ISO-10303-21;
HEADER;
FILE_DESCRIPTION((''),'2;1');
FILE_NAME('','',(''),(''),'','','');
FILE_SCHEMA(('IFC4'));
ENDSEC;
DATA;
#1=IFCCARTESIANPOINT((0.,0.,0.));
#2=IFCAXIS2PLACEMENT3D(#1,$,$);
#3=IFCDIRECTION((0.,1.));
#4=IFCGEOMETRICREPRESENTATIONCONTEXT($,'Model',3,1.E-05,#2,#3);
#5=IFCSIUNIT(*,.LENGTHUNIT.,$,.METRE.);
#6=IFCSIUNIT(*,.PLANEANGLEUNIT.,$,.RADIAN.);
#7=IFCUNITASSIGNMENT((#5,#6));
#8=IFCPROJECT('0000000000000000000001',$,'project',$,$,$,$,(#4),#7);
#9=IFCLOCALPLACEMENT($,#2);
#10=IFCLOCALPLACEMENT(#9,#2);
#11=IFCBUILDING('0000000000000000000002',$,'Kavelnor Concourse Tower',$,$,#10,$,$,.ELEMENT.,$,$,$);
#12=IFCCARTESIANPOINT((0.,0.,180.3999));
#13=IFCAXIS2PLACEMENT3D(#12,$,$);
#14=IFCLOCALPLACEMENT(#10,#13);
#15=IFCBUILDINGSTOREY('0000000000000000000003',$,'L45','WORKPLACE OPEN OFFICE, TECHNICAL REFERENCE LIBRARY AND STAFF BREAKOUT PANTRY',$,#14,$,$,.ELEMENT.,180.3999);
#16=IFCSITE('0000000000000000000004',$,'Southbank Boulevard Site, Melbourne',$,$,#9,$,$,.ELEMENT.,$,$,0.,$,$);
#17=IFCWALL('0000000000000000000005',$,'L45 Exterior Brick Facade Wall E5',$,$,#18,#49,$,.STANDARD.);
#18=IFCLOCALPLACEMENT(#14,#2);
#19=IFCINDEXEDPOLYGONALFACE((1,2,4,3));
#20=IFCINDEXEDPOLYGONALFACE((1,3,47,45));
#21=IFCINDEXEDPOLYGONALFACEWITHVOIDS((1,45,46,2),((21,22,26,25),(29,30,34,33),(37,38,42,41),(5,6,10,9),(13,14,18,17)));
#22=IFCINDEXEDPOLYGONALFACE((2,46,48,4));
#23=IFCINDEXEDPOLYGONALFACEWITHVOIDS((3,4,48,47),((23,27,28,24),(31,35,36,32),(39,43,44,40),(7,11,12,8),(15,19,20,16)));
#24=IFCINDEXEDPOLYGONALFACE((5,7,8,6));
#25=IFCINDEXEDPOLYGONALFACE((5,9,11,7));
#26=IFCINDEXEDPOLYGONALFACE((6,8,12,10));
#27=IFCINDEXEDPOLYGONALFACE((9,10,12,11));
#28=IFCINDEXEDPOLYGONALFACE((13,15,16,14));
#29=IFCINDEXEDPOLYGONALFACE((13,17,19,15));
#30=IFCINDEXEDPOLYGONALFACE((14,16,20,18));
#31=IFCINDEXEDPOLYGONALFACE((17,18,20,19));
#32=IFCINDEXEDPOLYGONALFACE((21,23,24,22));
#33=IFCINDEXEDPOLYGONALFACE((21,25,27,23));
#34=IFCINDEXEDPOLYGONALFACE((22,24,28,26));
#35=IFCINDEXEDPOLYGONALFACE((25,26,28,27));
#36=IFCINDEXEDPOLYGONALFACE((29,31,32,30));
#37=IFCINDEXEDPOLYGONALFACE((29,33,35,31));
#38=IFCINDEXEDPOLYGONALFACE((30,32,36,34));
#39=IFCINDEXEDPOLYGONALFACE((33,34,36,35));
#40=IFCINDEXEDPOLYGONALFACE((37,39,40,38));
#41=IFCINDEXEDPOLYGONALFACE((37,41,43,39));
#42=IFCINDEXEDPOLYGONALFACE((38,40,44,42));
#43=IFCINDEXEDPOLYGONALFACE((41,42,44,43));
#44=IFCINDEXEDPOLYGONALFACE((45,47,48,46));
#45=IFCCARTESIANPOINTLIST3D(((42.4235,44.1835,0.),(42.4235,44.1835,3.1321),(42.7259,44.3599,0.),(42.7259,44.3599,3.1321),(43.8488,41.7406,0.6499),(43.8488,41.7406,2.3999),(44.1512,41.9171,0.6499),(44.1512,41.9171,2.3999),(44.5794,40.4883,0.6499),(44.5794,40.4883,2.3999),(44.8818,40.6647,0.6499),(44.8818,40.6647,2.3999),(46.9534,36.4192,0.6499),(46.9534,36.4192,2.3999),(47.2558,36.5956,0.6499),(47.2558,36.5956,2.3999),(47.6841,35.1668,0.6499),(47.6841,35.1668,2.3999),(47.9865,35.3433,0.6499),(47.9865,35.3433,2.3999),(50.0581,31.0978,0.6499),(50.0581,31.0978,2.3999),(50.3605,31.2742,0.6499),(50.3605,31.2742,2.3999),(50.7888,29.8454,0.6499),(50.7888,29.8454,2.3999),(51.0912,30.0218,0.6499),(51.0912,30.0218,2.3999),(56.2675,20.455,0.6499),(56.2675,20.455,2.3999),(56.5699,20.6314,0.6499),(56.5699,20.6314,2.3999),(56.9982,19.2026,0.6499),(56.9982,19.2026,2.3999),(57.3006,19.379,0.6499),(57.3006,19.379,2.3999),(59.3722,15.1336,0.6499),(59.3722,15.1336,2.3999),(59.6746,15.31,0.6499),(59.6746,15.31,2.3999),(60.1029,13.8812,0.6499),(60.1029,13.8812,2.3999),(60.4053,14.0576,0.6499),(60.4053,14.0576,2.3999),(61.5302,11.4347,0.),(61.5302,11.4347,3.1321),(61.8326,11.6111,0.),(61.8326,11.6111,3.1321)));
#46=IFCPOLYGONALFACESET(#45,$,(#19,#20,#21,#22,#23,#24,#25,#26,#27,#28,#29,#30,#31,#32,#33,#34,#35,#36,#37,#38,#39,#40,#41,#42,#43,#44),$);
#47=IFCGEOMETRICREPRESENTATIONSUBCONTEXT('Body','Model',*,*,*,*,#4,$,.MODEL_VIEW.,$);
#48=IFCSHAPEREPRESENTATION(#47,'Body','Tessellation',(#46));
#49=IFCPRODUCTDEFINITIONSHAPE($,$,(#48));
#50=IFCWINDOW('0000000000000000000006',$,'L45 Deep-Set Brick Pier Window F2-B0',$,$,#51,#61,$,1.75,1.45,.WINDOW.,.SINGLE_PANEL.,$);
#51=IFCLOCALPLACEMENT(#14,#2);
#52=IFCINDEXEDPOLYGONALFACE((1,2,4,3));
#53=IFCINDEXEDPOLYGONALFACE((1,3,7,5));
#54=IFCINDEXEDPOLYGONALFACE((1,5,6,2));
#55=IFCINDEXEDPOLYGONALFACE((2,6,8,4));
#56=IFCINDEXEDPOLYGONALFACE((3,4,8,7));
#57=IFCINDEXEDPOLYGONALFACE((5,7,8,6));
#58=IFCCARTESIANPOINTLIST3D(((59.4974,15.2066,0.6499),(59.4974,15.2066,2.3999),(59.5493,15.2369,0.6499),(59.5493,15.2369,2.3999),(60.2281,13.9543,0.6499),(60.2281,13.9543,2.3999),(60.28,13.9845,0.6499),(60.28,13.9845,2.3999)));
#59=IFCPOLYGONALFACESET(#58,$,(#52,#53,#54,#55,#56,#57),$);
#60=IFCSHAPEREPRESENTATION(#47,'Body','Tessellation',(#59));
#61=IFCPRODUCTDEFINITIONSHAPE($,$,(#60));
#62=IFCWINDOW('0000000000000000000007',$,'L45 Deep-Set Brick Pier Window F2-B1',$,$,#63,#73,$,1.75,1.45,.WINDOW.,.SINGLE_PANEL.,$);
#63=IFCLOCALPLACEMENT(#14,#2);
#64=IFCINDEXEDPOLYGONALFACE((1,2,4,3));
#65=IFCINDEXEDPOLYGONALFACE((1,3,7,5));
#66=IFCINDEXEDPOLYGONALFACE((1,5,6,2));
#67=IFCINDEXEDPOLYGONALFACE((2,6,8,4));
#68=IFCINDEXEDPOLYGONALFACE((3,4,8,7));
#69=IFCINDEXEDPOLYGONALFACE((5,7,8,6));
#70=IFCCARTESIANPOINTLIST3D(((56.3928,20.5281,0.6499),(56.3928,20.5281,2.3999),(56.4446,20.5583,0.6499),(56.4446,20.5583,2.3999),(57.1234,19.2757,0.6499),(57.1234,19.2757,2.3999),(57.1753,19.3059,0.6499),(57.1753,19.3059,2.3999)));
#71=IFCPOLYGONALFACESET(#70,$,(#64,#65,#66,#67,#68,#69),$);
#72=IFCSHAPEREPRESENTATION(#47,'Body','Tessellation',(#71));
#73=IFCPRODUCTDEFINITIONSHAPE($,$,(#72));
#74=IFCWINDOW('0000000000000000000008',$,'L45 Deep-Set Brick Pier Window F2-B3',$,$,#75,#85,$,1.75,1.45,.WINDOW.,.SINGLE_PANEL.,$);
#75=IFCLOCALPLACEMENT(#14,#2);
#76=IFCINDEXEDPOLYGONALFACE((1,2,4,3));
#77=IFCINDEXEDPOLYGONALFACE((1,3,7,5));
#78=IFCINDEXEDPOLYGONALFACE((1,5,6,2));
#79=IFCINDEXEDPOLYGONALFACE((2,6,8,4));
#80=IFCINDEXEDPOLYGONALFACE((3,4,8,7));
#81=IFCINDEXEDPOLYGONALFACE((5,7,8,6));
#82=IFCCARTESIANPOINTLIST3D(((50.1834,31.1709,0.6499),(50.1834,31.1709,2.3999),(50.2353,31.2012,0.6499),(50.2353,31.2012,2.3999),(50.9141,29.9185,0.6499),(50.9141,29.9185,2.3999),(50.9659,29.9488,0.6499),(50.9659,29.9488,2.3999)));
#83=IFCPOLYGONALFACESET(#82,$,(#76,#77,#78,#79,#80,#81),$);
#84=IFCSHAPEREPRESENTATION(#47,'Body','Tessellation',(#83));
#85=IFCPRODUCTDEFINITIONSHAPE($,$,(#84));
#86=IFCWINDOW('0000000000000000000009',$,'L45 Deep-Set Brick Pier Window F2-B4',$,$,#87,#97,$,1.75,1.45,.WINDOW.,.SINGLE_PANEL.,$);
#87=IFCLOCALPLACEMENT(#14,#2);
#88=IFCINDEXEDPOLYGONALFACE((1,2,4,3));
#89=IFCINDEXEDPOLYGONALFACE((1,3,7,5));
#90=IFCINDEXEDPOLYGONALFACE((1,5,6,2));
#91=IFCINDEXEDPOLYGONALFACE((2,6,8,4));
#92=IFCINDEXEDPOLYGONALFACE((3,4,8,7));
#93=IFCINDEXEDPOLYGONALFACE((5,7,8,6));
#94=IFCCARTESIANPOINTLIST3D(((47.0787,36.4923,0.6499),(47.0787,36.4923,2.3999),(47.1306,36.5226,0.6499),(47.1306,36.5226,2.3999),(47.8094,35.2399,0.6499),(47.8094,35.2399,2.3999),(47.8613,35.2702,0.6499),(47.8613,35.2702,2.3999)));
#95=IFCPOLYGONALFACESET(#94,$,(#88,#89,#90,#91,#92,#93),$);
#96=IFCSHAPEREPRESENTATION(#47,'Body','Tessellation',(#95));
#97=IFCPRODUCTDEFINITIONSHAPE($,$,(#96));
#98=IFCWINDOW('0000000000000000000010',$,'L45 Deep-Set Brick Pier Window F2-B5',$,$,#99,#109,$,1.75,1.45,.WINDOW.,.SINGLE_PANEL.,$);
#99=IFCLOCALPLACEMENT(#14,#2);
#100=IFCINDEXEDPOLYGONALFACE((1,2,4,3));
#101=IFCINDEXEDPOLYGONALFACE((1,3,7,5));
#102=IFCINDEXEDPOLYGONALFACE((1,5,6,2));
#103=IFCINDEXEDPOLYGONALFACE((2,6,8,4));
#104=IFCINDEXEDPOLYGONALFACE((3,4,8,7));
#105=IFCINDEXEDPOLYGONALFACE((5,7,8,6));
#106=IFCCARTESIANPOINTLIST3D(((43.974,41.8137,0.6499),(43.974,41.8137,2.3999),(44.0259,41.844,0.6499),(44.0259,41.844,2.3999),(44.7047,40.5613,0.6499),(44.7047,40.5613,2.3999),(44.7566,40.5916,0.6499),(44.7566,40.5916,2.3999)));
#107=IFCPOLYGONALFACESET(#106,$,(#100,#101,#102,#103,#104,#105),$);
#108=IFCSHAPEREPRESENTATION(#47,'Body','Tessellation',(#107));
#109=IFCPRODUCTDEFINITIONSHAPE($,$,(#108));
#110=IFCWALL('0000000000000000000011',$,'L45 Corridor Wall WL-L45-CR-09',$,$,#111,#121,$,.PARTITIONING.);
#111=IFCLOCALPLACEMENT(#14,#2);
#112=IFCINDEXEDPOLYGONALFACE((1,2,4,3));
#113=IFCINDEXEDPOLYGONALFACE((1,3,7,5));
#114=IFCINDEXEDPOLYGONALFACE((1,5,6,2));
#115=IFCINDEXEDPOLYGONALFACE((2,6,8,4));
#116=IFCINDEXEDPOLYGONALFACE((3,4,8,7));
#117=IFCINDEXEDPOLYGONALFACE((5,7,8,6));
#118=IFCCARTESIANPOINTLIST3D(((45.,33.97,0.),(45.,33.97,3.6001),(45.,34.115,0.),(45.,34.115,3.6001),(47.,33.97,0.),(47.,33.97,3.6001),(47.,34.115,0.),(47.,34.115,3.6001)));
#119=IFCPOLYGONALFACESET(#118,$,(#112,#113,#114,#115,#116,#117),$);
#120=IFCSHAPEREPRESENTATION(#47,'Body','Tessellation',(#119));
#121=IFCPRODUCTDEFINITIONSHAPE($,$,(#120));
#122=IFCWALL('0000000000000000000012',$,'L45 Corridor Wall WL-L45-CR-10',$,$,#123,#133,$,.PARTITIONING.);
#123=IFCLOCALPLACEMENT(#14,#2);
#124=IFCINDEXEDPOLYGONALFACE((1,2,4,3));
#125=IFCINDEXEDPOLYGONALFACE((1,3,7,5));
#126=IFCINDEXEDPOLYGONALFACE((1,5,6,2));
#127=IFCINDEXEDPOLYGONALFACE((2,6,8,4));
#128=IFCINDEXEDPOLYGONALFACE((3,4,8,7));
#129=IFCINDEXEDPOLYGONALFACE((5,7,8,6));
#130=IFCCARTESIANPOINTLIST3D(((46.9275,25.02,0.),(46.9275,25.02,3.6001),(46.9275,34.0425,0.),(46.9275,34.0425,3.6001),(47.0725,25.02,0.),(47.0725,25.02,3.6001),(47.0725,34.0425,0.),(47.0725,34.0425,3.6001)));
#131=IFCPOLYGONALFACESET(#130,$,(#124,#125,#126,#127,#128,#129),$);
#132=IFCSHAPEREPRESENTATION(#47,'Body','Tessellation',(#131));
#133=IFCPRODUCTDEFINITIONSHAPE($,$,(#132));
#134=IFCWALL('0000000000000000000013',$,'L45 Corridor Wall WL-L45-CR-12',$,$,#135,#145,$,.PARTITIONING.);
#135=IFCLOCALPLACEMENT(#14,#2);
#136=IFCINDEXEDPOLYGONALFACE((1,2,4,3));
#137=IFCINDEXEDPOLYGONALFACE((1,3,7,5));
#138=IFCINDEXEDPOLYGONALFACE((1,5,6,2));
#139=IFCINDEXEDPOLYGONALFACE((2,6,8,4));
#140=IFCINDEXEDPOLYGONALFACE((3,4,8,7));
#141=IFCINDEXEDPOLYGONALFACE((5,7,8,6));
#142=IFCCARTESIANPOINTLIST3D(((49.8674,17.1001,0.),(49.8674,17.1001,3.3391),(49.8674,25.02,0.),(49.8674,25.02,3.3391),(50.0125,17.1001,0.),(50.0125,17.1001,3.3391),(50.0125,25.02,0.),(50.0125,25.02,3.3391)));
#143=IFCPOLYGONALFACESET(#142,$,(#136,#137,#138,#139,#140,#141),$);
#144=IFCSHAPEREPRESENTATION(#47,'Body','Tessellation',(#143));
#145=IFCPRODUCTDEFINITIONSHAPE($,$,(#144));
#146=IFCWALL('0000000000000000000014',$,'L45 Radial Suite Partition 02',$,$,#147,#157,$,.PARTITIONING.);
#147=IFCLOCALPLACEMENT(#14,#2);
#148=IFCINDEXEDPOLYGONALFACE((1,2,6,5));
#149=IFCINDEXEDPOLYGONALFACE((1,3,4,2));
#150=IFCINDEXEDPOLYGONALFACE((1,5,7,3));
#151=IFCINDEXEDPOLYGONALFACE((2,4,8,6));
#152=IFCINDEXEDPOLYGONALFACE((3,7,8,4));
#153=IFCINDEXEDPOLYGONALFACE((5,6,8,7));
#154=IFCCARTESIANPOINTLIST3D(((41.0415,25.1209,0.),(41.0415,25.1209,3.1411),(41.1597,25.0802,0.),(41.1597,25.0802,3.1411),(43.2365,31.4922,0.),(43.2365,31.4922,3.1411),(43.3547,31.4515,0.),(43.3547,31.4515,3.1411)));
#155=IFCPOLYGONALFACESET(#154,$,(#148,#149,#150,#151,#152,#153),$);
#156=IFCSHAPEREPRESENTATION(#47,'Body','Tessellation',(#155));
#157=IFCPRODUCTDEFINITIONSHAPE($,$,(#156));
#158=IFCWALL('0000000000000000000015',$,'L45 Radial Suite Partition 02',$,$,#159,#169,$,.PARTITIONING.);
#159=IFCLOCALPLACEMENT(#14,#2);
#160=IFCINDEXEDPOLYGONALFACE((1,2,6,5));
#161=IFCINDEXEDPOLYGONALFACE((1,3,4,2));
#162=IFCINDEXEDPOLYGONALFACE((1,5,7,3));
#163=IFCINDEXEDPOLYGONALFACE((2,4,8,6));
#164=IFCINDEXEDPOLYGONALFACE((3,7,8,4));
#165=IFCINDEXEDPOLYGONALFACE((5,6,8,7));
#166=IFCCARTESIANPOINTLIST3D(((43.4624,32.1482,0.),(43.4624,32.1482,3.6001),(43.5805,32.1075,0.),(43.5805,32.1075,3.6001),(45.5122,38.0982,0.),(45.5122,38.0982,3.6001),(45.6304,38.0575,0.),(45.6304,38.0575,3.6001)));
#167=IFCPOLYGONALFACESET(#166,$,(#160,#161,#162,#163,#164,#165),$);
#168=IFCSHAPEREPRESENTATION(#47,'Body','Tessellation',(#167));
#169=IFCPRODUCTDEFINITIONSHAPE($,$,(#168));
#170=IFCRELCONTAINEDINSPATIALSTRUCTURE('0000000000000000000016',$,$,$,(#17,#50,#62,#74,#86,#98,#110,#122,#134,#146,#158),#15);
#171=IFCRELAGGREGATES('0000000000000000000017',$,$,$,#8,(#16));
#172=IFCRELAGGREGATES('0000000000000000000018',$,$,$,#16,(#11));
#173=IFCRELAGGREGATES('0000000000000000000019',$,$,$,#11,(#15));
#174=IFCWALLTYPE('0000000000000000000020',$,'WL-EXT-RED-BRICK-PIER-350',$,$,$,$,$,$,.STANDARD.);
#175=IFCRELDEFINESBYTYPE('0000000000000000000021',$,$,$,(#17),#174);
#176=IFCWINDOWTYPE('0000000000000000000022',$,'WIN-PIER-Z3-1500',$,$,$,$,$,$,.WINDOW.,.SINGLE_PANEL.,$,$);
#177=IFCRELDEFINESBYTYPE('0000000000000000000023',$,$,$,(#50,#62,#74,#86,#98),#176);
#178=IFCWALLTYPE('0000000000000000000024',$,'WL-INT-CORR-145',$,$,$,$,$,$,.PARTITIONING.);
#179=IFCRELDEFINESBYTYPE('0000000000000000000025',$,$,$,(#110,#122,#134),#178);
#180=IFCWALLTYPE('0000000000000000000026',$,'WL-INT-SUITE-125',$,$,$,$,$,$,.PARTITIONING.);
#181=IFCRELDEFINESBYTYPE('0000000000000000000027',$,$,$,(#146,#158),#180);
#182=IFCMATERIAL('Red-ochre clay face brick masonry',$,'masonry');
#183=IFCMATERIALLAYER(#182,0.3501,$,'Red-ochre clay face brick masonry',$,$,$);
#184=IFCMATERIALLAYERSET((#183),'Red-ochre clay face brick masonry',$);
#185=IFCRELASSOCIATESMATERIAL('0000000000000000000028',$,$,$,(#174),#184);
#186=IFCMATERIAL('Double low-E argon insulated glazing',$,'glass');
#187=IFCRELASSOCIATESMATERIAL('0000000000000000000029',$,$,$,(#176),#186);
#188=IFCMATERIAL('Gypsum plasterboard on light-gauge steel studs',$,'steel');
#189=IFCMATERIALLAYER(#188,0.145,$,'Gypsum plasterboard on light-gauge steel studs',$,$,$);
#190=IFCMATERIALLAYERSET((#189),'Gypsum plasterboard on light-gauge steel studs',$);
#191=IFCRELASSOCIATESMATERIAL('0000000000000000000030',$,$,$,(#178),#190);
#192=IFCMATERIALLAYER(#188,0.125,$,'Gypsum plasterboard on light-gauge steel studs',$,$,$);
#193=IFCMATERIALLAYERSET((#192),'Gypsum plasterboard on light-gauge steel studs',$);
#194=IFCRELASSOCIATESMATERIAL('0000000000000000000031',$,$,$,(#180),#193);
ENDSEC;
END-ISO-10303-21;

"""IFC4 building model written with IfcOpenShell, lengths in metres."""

from ifc_helpers import new_model, si_unit, direction, frame, frame_2d, origin, place, context, subcontext, project, spatial, rectangle, extrude, material, layer, layer_set, type_object, element, fill, save


model = new_model("IFC4")

# Units and contexts
model_context = context("Model", 3, precision=1e-05, world=origin(), true_north=direction((0.0, 1.0)))
body_context = subcontext(model_context, "Body", "Model", "MODEL_VIEW")
ifc_project = project(units=[si_unit("LENGTHUNIT", "METRE"), si_unit("PLANEANGLEUNIT", "RADIAN")], contexts=[model_context])

# Site, building, storey
site_placement = place(None, origin())
site = spatial("IfcSite", under=ifc_project, at=site_placement, Name="Southbank Boulevard Site, Melbourne", CompositionType="ELEMENT", RefElevation=0.0)
building_placement = place(site_placement, origin())
building = spatial("IfcBuilding", under=site, at=building_placement, Name="Kavelnor Concourse Tower", CompositionType="ELEMENT")
storey_placement = place(building_placement, frame((0.0, 0.0, 180.3999)))
storey = spatial("IfcBuildingStorey", under=building, at=storey_placement, Name="L45", Description="WORKPLACE OPEN OFFICE, TECHNICAL REFERENCE LIBRARY AND STAFF BREAKOUT PANTRY", CompositionType="ELEMENT", Elevation=180.3999)

# Wall, openings, windows
ifc_material_1 = material(Name="Red-ochre clay face brick masonry", Category="masonry")
ifc_layer_1 = layer(ifc_material_1, 0.3501, Name="Red-ochre clay face brick masonry")
ifc_layer_set_1 = layer_set([ifc_layer_1], Name="Red-ochre clay face brick masonry")
wall_type_1 = type_object("IfcWallType", Name="WL-EXT-RED-BRICK-PIER-350", PredefinedType="STANDARD", material=ifc_layer_set_1)
wall_1_placement = place(storey_placement, frame((42.5747, 44.2717, 0.0), z_axis=(0.0, 0.0, 1.0), x_axis=(0.503935, -0.863742, 0.0)))
wall_1 = element("IfcWall", 1, at=wall_1_placement, inside=storey, type_object=wall_type_1, Name="L45 Exterior Brick Facade Wall E5", PredefinedType="STANDARD", context=body_context, shape_type="SweptSolid", body=[
    extrude(rectangle(XDim=37.915, YDim=0.3501, at=frame_2d((18.9575, 0.0))), origin(), (0.0, 0.0, 1.0), 3.1321),
])
opening_1_placement = place(wall_1_placement, frame((33.6326, 0.0, 0.6499)))
opening_1 = element("IfcOpeningElement", 2, at=opening_1_placement, cuts=wall_1, PredefinedType="OPENING", context=body_context, shape_type="SweptSolid", body=[
    extrude(rectangle(XDim=1.45, YDim=1.75, at=frame_2d((0.7251, 0.875))), frame((0.0, 0.1851, 0.0), z_axis=(0.0, -1.0, 0.0), x_axis=(1.0, 0.0, 0.0)), (0.0, 0.0, 1.0), 0.3701),
])
opening_2_placement = place(wall_1_placement, frame((27.4717, 0.0, 0.6499)))
opening_2 = element("IfcOpeningElement", 3, at=opening_2_placement, cuts=wall_1, PredefinedType="OPENING", context=body_context, shape_type="SweptSolid", body=[
    extrude(rectangle(XDim=1.45, YDim=1.75, at=frame_2d((0.7251, 0.875))), frame((0.0, 0.1851, 0.0), z_axis=(0.0, -1.0, 0.0), x_axis=(1.0, 0.0, 0.0)), (0.0, 0.0, 1.0), 0.3701),
])
opening_3_placement = place(wall_1_placement, frame((15.1499, 0.0, 0.6499)))
opening_3 = element("IfcOpeningElement", 4, at=opening_3_placement, cuts=wall_1, PredefinedType="OPENING", context=body_context, shape_type="SweptSolid", body=[
    extrude(rectangle(XDim=1.45, YDim=1.75, at=frame_2d((0.7251, 0.875))), frame((0.0, 0.1851, 0.0), z_axis=(0.0, -1.0, 0.0), x_axis=(1.0, 0.0, 0.0)), (0.0, 0.0, 1.0), 0.3701),
])
opening_4_placement = place(wall_1_placement, frame((8.989, 0.0, 0.6499)))
opening_4 = element("IfcOpeningElement", 5, at=opening_4_placement, cuts=wall_1, PredefinedType="OPENING", context=body_context, shape_type="SweptSolid", body=[
    extrude(rectangle(XDim=1.45, YDim=1.75, at=frame_2d((0.7251, 0.875))), frame((0.0, 0.1851, 0.0), z_axis=(0.0, -1.0, 0.0), x_axis=(1.0, 0.0, 0.0)), (0.0, 0.0, 1.0), 0.3701),
])
opening_5_placement = place(wall_1_placement, frame((2.8281, 0.0, 0.6499)))
opening_5 = element("IfcOpeningElement", 6, at=opening_5_placement, cuts=wall_1, PredefinedType="OPENING", context=body_context, shape_type="SweptSolid", body=[
    extrude(rectangle(XDim=1.45, YDim=1.75, at=frame_2d((0.7251, 0.875))), frame((0.0, 0.1851, 0.0), z_axis=(0.0, -1.0, 0.0), x_axis=(1.0, 0.0, 0.0)), (0.0, 0.0, 1.0), 0.3701),
])
ifc_material_2 = material(Name="Double low-E argon insulated glazing", Category="glass")
window_type = type_object("IfcWindowType", Name="WIN-PIER-Z3-1500", PartitioningType="SINGLE_PANEL", PredefinedType="WINDOW", material=ifc_material_2)
window_1_placement = place(opening_1_placement, origin())
window_1 = element("IfcWindow", 7, at=window_1_placement, inside=storey, type_object=window_type, Name="L45 Deep-Set Brick Pier Window F2-B0", OverallHeight=1.75, OverallWidth=1.45, PartitioningType="SINGLE_PANEL", PredefinedType="WINDOW", context=body_context, shape_type="SweptSolid", body=[
    extrude(rectangle(XDim=1.45, YDim=1.75, at=frame_2d((0.7251, 0.875))), frame((0.0, 0.03, 0.0), z_axis=(0.0, -1.0, 0.0), x_axis=(1.0, 0.0, 0.0)), (0.0, 0.0, 1.0), 0.0601),
])
fill(opening_1, window_1)
window_2_placement = place(opening_2_placement, origin())
window_2 = element("IfcWindow", 8, at=window_2_placement, inside=storey, type_object=window_type, Name="L45 Deep-Set Brick Pier Window F2-B1", OverallHeight=1.75, OverallWidth=1.45, PartitioningType="SINGLE_PANEL", PredefinedType="WINDOW", context=body_context, shape_type="SweptSolid", body=[
    extrude(rectangle(XDim=1.45, YDim=1.75, at=frame_2d((0.7251, 0.875))), frame((0.0, 0.03, 0.0), z_axis=(0.0, -1.0, 0.0), x_axis=(1.0, 0.0, 0.0)), (0.0, 0.0, 1.0), 0.0601),
])
fill(opening_2, window_2)
window_3_placement = place(opening_3_placement, origin())
window_3 = element("IfcWindow", 9, at=window_3_placement, inside=storey, type_object=window_type, Name="L45 Deep-Set Brick Pier Window F2-B3", OverallHeight=1.75, OverallWidth=1.45, PartitioningType="SINGLE_PANEL", PredefinedType="WINDOW", context=body_context, shape_type="SweptSolid", body=[
    extrude(rectangle(XDim=1.45, YDim=1.75, at=frame_2d((0.7251, 0.875))), frame((0.0, 0.03, 0.0), z_axis=(0.0, -1.0, 0.0), x_axis=(1.0, 0.0, 0.0)), (0.0, 0.0, 1.0), 0.0601),
])
fill(opening_3, window_3)
window_4_placement = place(opening_4_placement, origin())
window_4 = element("IfcWindow", 10, at=window_4_placement, inside=storey, type_object=window_type, Name="L45 Deep-Set Brick Pier Window F2-B4", OverallHeight=1.75, OverallWidth=1.45, PartitioningType="SINGLE_PANEL", PredefinedType="WINDOW", context=body_context, shape_type="SweptSolid", body=[
    extrude(rectangle(XDim=1.45, YDim=1.75, at=frame_2d((0.7251, 0.875))), frame((0.0, 0.03, 0.0), z_axis=(0.0, -1.0, 0.0), x_axis=(1.0, 0.0, 0.0)), (0.0, 0.0, 1.0), 0.0601),
])
fill(opening_4, window_4)
window_5_placement = place(opening_5_placement, origin())
window_5 = element("IfcWindow", 11, at=window_5_placement, inside=storey, type_object=window_type, Name="L45 Deep-Set Brick Pier Window F2-B5", OverallHeight=1.75, OverallWidth=1.45, PartitioningType="SINGLE_PANEL", PredefinedType="WINDOW", context=body_context, shape_type="SweptSolid", body=[
    extrude(rectangle(XDim=1.45, YDim=1.75, at=frame_2d((0.7251, 0.875))), frame((0.0, 0.03, 0.0), z_axis=(0.0, -1.0, 0.0), x_axis=(1.0, 0.0, 0.0)), (0.0, 0.0, 1.0), 0.0601),
])
fill(opening_5, window_5)

# Walls
ifc_material_3 = material(Name="Gypsum plasterboard on light-gauge steel studs", Category="steel")
ifc_layer_2 = layer(ifc_material_3, 0.145, Name="Gypsum plasterboard on light-gauge steel studs")
ifc_layer_set_2 = layer_set([ifc_layer_2], Name="Gypsum plasterboard on light-gauge steel studs")
wall_type_2 = type_object("IfcWallType", Name="WL-INT-CORR-145", PredefinedType="PARTITIONING", material=ifc_layer_set_2)
wall_2_placement = place(storey_placement, frame((45.0, 34.0425, 0.0), z_axis=(0.0, 0.0, 1.0), x_axis=(1.0, 0.0, 0.0)))
element("IfcWall", 12, at=wall_2_placement, inside=storey, type_object=wall_type_2, Name="L45 Corridor Wall WL-L45-CR-09", PredefinedType="PARTITIONING", context=body_context, shape_type="SweptSolid", body=[
    extrude(rectangle(XDim=2.0, YDim=0.145, at=frame_2d((1.0, 0.0))), origin(), (0.0, 0.0, 1.0), 3.6001),
])
wall_3_placement = place(storey_placement, frame((47.0, 34.0425, 0.0), z_axis=(0.0, 0.0, 1.0), x_axis=(0.0, -1.0, 0.0)))
element("IfcWall", 13, at=wall_3_placement, inside=storey, type_object=wall_type_2, Name="L45 Corridor Wall WL-L45-CR-10", PredefinedType="PARTITIONING", context=body_context, shape_type="SweptSolid", body=[
    extrude(rectangle(XDim=9.0225, YDim=0.145, at=frame_2d((4.5112, 0.0))), origin(), (0.0, 0.0, 1.0), 3.6001),
])
wall_4_placement = place(storey_placement, frame((49.9399, 25.02, 0.0), z_axis=(0.0, 0.0, 1.0), x_axis=(0.0, -1.0, 0.0)))
element("IfcWall", 14, at=wall_4_placement, inside=storey, type_object=wall_type_2, Name="L45 Corridor Wall WL-L45-CR-12", PredefinedType="PARTITIONING", context=body_context, shape_type="SweptSolid", body=[
    extrude(rectangle(XDim=7.9199, YDim=0.145, at=frame_2d((3.96, 0.0))), origin(), (0.0, 0.0, 1.0), 3.3391),
])
ifc_layer_3 = layer(ifc_material_3, 0.125, Name="Gypsum plasterboard on light-gauge steel studs")
ifc_layer_set_3 = layer_set([ifc_layer_3], Name="Gypsum plasterboard on light-gauge steel studs")
wall_type_3 = type_object("IfcWallType", Name="WL-INT-SUITE-125", PredefinedType="PARTITIONING", material=ifc_layer_set_3)
wall_5_placement = place(storey_placement, frame((41.1006, 25.1006, 0.0), z_axis=(0.0, 0.0, 1.0), x_axis=(0.325733, 0.945462, 0.0)))
element("IfcWall", 15, at=wall_5_placement, inside=storey, type_object=wall_type_3, Name="L45 Radial Suite Partition 02", PredefinedType="PARTITIONING", context=body_context, shape_type="SweptSolid", body=[
    extrude(rectangle(XDim=6.7388, YDim=0.125, at=frame_2d((3.3694, 0.0))), origin(), (0.0, 0.0, 1.0), 3.1411),
])
wall_6_placement = place(storey_placement, frame((43.5215, 32.1279, 0.0), z_axis=(0.0, 0.0, 1.0), x_axis=(0.32572, 0.945466, 0.0)))
element("IfcWall", 16, at=wall_6_placement, inside=storey, type_object=wall_type_3, Name="L45 Radial Suite Partition 02", PredefinedType="PARTITIONING", context=body_context, shape_type="SweptSolid", body=[
    extrude(rectangle(XDim=6.2932, YDim=0.125, at=frame_2d((3.1465, 0.0))), origin(), (0.0, 0.0, 1.0), 3.6001),
])

save(model, "model.ifc")
